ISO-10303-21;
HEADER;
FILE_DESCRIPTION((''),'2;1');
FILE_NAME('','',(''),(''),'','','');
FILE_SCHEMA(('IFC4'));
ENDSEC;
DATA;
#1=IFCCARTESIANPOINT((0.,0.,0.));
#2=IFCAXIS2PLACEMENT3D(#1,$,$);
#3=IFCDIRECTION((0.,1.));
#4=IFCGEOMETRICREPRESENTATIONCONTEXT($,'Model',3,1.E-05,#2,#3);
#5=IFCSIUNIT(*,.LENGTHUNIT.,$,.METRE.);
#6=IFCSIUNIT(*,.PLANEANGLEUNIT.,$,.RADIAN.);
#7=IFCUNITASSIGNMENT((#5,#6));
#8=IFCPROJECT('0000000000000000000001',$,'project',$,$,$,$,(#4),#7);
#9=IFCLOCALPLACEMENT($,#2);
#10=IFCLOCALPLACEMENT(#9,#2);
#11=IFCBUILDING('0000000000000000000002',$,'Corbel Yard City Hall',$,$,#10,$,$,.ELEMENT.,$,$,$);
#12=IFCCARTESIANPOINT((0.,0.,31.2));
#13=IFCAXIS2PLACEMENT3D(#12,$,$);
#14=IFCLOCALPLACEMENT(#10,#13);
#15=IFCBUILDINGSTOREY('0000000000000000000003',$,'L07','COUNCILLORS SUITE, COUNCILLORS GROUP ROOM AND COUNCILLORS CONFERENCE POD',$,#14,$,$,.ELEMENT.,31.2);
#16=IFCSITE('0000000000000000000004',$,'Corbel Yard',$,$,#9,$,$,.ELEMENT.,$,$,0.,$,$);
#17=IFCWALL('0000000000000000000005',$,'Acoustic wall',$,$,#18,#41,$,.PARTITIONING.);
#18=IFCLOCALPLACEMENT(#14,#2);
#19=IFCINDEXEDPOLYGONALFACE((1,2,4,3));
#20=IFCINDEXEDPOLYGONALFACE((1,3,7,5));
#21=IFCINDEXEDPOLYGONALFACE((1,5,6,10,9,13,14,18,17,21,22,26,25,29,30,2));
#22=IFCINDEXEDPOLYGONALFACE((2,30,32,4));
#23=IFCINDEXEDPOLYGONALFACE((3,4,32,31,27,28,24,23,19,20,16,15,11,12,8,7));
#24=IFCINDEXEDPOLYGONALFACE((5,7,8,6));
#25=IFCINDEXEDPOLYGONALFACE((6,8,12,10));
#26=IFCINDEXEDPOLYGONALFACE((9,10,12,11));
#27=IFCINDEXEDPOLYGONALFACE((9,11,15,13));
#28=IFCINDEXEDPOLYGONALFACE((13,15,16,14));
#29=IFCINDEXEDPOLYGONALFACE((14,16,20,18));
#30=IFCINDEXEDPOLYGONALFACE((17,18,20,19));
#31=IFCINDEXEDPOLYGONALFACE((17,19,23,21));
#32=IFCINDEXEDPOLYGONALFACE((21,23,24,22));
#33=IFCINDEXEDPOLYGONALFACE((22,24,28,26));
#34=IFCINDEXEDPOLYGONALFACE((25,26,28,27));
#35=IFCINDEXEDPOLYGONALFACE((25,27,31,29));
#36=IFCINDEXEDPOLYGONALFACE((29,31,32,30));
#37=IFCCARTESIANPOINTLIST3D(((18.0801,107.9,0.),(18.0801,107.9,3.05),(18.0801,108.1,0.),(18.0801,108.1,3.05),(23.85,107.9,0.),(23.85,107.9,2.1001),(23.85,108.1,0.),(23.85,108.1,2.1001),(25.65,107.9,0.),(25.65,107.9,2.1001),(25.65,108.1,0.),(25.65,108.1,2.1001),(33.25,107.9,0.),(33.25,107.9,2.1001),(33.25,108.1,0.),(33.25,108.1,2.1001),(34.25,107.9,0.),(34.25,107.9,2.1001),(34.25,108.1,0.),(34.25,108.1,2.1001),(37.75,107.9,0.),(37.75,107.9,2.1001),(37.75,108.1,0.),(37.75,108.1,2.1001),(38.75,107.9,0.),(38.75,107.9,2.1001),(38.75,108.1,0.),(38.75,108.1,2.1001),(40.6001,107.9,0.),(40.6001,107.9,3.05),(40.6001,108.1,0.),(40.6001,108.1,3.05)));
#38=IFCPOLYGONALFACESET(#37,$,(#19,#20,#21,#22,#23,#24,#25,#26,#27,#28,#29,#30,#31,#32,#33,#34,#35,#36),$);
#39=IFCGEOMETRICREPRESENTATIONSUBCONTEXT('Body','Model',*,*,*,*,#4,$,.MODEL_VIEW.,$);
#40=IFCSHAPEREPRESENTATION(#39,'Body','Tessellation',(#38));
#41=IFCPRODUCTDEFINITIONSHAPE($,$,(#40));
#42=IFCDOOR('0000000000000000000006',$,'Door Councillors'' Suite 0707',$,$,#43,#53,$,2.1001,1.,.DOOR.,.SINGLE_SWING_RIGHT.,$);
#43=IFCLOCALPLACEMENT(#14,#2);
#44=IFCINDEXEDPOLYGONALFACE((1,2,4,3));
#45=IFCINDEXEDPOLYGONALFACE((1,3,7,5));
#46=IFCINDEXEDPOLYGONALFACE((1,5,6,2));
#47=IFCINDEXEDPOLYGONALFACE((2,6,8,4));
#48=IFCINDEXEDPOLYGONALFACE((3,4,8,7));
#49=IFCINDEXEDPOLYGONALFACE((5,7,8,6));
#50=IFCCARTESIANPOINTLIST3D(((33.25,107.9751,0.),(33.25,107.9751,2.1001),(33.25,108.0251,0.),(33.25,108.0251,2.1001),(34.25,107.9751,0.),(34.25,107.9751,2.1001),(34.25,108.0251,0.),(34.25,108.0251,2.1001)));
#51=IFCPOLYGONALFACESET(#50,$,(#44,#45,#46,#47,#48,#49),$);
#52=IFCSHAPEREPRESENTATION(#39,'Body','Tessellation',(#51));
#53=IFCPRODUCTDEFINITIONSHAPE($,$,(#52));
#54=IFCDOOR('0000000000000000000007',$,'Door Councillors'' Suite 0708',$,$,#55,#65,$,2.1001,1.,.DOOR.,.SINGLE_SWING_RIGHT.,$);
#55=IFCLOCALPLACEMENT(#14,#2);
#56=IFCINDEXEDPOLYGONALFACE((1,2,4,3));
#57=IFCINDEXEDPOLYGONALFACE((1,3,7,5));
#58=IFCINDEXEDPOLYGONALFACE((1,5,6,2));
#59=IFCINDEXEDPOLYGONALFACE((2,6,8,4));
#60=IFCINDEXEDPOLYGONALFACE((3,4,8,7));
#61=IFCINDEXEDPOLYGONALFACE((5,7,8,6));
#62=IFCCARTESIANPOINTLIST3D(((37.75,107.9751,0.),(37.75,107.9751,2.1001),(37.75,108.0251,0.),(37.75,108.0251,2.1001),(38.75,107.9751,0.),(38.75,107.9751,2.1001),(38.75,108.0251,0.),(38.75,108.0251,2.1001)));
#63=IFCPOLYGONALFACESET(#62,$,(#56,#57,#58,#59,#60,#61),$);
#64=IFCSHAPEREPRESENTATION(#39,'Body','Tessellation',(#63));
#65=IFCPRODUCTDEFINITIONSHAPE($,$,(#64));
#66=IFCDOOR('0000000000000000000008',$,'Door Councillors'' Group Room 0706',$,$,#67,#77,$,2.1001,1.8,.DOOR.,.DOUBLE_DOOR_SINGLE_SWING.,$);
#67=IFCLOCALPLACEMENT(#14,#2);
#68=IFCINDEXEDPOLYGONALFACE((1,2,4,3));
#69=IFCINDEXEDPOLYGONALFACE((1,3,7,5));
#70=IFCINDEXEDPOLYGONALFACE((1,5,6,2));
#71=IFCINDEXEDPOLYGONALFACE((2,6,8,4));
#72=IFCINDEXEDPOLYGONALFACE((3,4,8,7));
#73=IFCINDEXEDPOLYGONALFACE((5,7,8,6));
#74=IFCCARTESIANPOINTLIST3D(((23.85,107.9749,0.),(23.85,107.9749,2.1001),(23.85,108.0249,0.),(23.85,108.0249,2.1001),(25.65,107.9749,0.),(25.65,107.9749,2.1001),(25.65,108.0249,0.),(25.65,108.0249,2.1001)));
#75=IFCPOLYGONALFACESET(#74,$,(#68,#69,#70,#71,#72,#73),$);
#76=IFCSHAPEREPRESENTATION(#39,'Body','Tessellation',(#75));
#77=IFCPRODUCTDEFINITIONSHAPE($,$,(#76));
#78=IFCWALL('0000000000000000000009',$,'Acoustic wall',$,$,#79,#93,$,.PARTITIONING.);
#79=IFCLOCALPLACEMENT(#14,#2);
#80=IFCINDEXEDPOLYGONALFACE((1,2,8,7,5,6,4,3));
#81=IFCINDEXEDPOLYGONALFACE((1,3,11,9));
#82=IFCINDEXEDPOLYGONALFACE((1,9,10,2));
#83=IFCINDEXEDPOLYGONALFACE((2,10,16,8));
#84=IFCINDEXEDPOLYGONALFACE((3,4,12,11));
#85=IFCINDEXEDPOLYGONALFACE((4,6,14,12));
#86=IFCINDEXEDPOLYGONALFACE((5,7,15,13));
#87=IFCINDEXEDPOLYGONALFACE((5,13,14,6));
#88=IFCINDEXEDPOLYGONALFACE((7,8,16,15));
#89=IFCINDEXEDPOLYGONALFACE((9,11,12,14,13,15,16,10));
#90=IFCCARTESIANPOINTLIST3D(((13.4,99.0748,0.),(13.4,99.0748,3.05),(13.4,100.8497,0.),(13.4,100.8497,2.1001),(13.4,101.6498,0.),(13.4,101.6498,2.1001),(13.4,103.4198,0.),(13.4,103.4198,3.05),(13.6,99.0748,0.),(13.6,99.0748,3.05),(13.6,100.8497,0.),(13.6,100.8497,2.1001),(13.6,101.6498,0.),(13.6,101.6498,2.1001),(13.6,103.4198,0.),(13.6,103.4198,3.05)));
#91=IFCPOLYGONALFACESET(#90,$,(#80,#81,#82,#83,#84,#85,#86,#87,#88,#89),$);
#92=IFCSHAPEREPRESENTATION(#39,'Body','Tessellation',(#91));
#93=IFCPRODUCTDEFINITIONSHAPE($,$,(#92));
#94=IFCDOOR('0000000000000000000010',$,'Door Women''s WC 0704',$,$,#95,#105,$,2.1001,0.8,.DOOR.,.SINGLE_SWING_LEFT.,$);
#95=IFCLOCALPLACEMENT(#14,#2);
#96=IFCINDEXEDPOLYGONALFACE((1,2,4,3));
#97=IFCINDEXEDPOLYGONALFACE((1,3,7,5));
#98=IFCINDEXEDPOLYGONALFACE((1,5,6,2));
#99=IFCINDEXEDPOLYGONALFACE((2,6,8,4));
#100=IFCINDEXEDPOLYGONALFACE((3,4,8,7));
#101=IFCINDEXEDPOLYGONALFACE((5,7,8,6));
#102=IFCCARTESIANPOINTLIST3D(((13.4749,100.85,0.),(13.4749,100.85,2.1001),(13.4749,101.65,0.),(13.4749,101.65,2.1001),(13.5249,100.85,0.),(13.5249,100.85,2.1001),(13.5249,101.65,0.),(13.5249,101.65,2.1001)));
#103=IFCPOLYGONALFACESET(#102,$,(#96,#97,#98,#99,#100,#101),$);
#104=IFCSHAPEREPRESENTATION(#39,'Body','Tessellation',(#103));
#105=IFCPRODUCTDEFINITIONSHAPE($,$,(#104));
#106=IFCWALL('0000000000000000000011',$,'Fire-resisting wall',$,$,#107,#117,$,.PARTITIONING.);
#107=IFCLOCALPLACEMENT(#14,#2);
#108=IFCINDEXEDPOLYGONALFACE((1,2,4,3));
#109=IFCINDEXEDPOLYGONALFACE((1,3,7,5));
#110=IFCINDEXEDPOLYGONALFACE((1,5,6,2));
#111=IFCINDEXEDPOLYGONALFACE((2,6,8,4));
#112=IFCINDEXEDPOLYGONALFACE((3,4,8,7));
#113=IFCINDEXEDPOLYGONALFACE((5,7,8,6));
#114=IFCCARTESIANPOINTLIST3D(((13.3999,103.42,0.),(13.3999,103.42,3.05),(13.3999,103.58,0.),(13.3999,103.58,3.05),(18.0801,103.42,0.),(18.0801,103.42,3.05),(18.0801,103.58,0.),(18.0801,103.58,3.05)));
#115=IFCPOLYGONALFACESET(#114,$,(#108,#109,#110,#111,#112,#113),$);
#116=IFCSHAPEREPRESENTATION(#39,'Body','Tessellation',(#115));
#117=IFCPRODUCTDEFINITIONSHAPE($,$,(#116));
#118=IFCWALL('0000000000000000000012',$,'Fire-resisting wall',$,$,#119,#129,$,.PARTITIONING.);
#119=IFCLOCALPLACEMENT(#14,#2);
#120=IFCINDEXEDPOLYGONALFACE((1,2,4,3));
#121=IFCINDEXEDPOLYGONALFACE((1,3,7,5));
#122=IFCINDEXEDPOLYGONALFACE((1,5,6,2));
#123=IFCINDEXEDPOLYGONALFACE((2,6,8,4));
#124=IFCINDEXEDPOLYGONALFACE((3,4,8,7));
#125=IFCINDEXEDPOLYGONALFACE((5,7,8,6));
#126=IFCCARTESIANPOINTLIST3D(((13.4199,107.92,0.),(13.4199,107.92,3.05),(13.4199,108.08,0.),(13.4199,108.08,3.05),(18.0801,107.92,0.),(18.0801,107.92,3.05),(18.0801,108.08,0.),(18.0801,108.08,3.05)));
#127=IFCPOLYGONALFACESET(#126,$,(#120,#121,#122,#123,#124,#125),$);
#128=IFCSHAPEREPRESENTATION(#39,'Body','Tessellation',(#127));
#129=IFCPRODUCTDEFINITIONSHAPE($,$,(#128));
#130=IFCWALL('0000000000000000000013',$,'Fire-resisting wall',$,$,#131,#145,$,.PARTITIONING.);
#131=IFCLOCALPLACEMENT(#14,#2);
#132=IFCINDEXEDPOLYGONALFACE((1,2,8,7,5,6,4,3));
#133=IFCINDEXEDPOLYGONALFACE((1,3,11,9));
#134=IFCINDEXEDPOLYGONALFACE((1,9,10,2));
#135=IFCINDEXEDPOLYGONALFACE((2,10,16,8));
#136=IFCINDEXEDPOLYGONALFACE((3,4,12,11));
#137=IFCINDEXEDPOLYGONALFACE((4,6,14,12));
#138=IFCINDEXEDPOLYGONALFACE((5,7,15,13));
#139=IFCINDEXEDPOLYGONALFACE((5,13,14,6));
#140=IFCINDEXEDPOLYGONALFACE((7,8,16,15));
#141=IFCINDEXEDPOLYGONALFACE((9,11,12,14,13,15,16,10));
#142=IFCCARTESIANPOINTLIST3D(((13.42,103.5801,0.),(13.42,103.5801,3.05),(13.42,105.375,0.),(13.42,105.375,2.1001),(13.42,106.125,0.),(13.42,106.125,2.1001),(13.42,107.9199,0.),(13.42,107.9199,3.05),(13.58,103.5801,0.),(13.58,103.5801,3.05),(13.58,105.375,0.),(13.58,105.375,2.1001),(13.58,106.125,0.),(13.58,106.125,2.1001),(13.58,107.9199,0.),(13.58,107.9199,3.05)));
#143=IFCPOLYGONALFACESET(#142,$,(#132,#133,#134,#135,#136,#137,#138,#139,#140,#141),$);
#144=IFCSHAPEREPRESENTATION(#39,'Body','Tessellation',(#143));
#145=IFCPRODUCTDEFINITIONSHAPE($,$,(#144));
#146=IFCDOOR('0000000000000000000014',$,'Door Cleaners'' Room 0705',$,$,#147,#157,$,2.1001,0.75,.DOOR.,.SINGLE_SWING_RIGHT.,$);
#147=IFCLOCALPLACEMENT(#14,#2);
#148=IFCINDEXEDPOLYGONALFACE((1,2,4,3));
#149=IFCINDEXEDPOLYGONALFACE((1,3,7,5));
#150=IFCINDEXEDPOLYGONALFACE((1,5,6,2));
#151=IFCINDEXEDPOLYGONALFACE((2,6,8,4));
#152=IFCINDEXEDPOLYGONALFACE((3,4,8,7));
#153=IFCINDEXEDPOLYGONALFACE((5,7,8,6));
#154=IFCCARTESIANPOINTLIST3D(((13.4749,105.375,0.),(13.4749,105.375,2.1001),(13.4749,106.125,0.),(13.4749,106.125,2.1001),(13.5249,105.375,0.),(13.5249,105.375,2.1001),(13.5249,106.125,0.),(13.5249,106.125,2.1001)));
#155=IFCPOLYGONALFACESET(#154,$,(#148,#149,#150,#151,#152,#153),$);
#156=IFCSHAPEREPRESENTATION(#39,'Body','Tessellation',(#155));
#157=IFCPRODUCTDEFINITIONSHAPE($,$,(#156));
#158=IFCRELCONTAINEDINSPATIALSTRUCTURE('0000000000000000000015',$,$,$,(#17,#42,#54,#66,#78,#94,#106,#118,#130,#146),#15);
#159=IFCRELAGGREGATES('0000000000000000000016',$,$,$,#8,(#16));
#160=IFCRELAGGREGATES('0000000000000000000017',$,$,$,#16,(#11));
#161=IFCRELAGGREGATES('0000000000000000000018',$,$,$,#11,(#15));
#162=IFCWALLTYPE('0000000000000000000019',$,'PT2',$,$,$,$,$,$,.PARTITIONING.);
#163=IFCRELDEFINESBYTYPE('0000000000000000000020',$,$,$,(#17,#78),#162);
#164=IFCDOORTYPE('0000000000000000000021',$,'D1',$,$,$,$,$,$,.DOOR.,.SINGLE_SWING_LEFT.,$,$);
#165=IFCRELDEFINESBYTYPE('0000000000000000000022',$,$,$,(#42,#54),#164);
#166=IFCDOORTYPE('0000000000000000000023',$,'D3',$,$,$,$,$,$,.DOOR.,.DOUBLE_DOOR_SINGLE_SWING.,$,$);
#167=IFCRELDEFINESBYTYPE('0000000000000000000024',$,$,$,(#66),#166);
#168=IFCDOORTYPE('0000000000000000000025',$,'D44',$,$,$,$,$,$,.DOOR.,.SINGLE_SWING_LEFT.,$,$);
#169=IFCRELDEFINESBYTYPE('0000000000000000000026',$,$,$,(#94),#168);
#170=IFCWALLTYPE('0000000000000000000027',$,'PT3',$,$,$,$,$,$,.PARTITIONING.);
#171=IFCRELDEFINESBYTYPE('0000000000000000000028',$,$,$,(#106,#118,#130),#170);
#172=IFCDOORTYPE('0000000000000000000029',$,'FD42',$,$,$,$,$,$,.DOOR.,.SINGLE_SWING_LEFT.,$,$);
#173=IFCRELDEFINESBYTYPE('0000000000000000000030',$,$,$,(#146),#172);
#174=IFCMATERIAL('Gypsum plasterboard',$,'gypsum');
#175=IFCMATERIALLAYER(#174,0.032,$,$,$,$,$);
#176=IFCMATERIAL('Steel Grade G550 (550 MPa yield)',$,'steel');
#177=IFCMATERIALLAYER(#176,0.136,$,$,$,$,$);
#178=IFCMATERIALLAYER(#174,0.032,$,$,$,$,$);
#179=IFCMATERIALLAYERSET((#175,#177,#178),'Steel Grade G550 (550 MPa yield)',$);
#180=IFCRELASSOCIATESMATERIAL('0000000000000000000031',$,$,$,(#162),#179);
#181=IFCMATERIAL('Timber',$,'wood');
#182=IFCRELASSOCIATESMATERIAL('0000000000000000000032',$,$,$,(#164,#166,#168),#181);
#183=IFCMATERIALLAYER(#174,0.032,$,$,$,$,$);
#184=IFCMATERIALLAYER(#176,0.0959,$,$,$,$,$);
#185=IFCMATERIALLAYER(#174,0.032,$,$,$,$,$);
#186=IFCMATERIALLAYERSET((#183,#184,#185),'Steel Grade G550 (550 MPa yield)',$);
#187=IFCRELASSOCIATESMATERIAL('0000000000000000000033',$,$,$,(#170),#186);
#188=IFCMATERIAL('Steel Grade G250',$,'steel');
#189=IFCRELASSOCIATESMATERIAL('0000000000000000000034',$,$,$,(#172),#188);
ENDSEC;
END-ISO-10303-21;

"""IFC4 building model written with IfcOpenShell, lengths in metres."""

from ifc_helpers import new_model, si_unit, direction, frame, frame_2d, origin, place, context, subcontext, project, spatial, rectangle, extrude, material, layer, layer_set, type_object, element, fill, save


model = new_model("IFC4")

# Units and contexts
model_context = context("Model", 3, precision=1e-05, world=origin(), true_north=direction((0.0, 1.0)))
body_context = subcontext(model_context, "Body", "Model", "MODEL_VIEW")
ifc_project = project(units=[si_unit("LENGTHUNIT", "METRE"), si_unit("PLANEANGLEUNIT", "RADIAN")], contexts=[model_context])

# Site, building, storey
site_placement = place(None, origin())
site = spatial("IfcSite", under=ifc_project, at=site_placement, Name="Corbel Yard", CompositionType="ELEMENT", RefElevation=0.0)
building_placement = place(site_placement, origin())
building = spatial("IfcBuilding", under=site, at=building_placement, Name="Corbel Yard City Hall", CompositionType="ELEMENT")
storey_placement = place(building_placement, frame((0.0, 0.0, 31.2)))
storey = spatial("IfcBuildingStorey", under=building, at=storey_placement, Name="L07", Description="COUNCILLORS SUITE, COUNCILLORS GROUP ROOM AND COUNCILLORS CONFERENCE POD", CompositionType="ELEMENT", Elevation=31.2)

# Shared definitions
ifc_material_1 = material(Name="Gypsum plasterboard", Category="gypsum")
ifc_material_2 = material(Name="Steel Grade G550 (550 MPa yield)", Category="steel")

# Wall, openings, doors
ifc_layer_1 = layer(ifc_material_1, 0.032)
ifc_layer_2 = layer(ifc_material_2, 0.136)
ifc_layer_3 = layer(ifc_material_1, 0.032)
ifc_layer_set_1 = layer_set([ifc_layer_1, ifc_layer_2, ifc_layer_3], Name="Steel Grade G550 (550 MPa yield)")
wall_type_1 = type_object("IfcWallType", Name="PT2", PredefinedType="PARTITIONING", material=ifc_layer_set_1)
wall_1_placement = place(storey_placement, frame((18.0801, 108.0, 0.0), z_axis=(0.0, 0.0, 1.0), x_axis=(1.0, 0.0, 0.0)))
wall_1 = element("IfcWall", 1, at=wall_1_placement, inside=storey, type_object=wall_type_1, Name="Acoustic wall", PredefinedType="PARTITIONING", context=body_context, shape_type="SweptSolid", body=[
    extrude(rectangle(XDim=22.52, YDim=0.2, at=frame_2d((11.26, 0.0))), origin(), (0.0, 0.0, 1.0), 3.05),
])
opening_1_placement = place(wall_1_placement, frame((5.77, 0.0, 0.0)))
opening_1 = element("IfcOpeningElement", 2, at=opening_1_placement, cuts=wall_1, PredefinedType="OPENING", context=body_context, shape_type="SweptSolid", body=[
    extrude(rectangle(XDim=1.8, YDim=2.1001, at=frame_2d((0.8999, 1.05))), frame((0.0, 0.1099, 0.0), z_axis=(0.0, -1.0, 0.0), x_axis=(1.0, 0.0, 0.0)), (0.0, 0.0, 1.0), 0.22),
])
opening_2_placement = place(wall_1_placement, frame((15.1699, 0.0, 0.0)))
opening_2 = element("IfcOpeningElement", 3, at=opening_2_placement, cuts=wall_1, PredefinedType="OPENING", context=body_context, shape_type="SweptSolid", body=[
    extrude(rectangle(XDim=1.0, YDim=2.1001, at=frame_2d((0.5, 1.05))), frame((0.0, 0.1099, 0.0), z_axis=(0.0, -1.0, 0.0), x_axis=(1.0, 0.0, 0.0)), (0.0, 0.0, 1.0), 0.22),
])
opening_3_placement = place(wall_1_placement, frame((19.6699, 0.0, 0.0)))
opening_3 = element("IfcOpeningElement", 4, at=opening_3_placement, cuts=wall_1, PredefinedType="OPENING", context=body_context, shape_type="SweptSolid", body=[
    extrude(rectangle(XDim=1.0, YDim=2.1001, at=frame_2d((0.5, 1.05))), frame((0.0, 0.1099, 0.0), z_axis=(0.0, -1.0, 0.0), x_axis=(1.0, 0.0, 0.0)), (0.0, 0.0, 1.0), 0.22),
])
ifc_material_3 = material(Name="Timber", Category="wood")
door_type_1 = type_object("IfcDoorType", Name="D1", OperationType="SINGLE_SWING_LEFT", PredefinedType="DOOR", material=ifc_material_3)
door_1_placement = place(opening_2_placement, frame((1.0, 0.0, 0.0), z_axis=(0.0, 0.0, 1.0), x_axis=(-1.0, 0.0, 0.0)))
door_1 = element("IfcDoor", 5, at=door_1_placement, inside=storey, type_object=door_type_1, Name="Door Councillors' Suite 0707", OperationType="SINGLE_SWING_RIGHT", OverallHeight=2.1001, OverallWidth=1.0, PredefinedType="DOOR", context=body_context, shape_type="SweptSolid", body=[
    extrude(rectangle(XDim=1.0, YDim=2.1001, at=frame_2d((0.5, 1.05))), frame((0.0, 0.0249, 0.0), z_axis=(0.0, -1.0, 0.0), x_axis=(1.0, 0.0, 0.0)), (0.0, 0.0, 1.0), 0.05),
])
fill(opening_2, door_1)
door_2_placement = place(opening_3_placement, frame((1.0, 0.0, 0.0), z_axis=(0.0, 0.0, 1.0), x_axis=(-1.0, 0.0, 0.0)))
door_2 = element("IfcDoor", 6, at=door_2_placement, inside=storey, type_object=door_type_1, Name="Door Councillors' Suite 0708", OperationType="SINGLE_SWING_RIGHT", OverallHeight=2.1001, OverallWidth=1.0, PredefinedType="DOOR", context=body_context, shape_type="SweptSolid", body=[
    extrude(rectangle(XDim=1.0, YDim=2.1001, at=frame_2d((0.5, 1.05))), frame((0.0, 0.0249, 0.0), z_axis=(0.0, -1.0, 0.0), x_axis=(1.0, 0.0, 0.0)), (0.0, 0.0, 1.0), 0.05),
])
fill(opening_3, door_2)
door_type_2 = type_object("IfcDoorType", Name="D3", OperationType="DOUBLE_DOOR_SINGLE_SWING", PredefinedType="DOOR", material=ifc_material_3)
door_3_placement = place(opening_1_placement, origin())
door_3 = element("IfcDoor", 7, at=door_3_placement, inside=storey, type_object=door_type_2, Name="Door Councillors' Group Room 0706", OperationType="DOUBLE_DOOR_SINGLE_SWING", OverallHeight=2.1001, OverallWidth=1.8, PredefinedType="DOOR", context=body_context, shape_type="SweptSolid", body=[
    extrude(rectangle(XDim=1.8, YDim=2.1001, at=frame_2d((0.8999, 1.05))), frame((0.0, 0.0249, 0.0), z_axis=(0.0, -1.0, 0.0), x_axis=(1.0, 0.0, 0.0)), (0.0, 0.0, 1.0), 0.05),
])
fill(opening_1, door_3)

# Wall, opening, door
wall_2_placement = place(storey_placement, frame((13.5, 99.075, 0.0), z_axis=(0.0, 0.0, 1.0), x_axis=(0.0, 1.0, 0.0)))
wall_2 = element("IfcWall", 8, at=wall_2_placement, inside=storey, type_object=wall_type_1, Name="Acoustic wall", PredefinedType="PARTITIONING", context=body_context, shape_type="SweptSolid", body=[
    extrude(rectangle(XDim=4.345, YDim=0.2, at=frame_2d((2.1724, 0.0))), origin(), (0.0, 0.0, 1.0), 3.05),
])
opening_4_placement = place(wall_2_placement, frame((1.7749, 0.0, 0.0)))
opening_4 = element("IfcOpeningElement", 9, at=opening_4_placement, cuts=wall_2, PredefinedType="OPENING", context=body_context, shape_type="SweptSolid", body=[
    extrude(rectangle(XDim=0.8, YDim=2.1001, at=frame_2d((0.3999, 1.05))), frame((0.0, 0.1099, 0.0), z_axis=(0.0, -1.0, 0.0), x_axis=(1.0, 0.0, 0.0)), (0.0, 0.0, 1.0), 0.22),
])
door_type_3 = type_object("IfcDoorType", Name="D44", OperationType="SINGLE_SWING_LEFT", PredefinedType="DOOR", material=ifc_material_3)
door_4_placement = place(opening_4_placement, frame((0.8, 0.0, 0.0), z_axis=(0.0, 0.0, 1.0), x_axis=(-1.0, 0.0, 0.0)))
door_4 = element("IfcDoor", 10, at=door_4_placement, inside=storey, type_object=door_type_3, Name="Door Women's WC 0704", OperationType="SINGLE_SWING_LEFT", OverallHeight=2.1001, OverallWidth=0.8, PredefinedType="DOOR", context=body_context, shape_type="SweptSolid", body=[
    extrude(rectangle(XDim=0.8, YDim=2.1001, at=frame_2d((0.3999, 1.05))), frame((0.0, 0.0249, 0.0), z_axis=(0.0, -1.0, 0.0), x_axis=(1.0, 0.0, 0.0)), (0.0, 0.0, 1.0), 0.05),
])
fill(opening_4, door_4)

# Walls
ifc_layer_4 = layer(ifc_material_1, 0.032)
ifc_layer_5 = layer(ifc_material_2, 0.0959)
ifc_layer_6 = layer(ifc_material_1, 0.032)
ifc_layer_set_2 = layer_set([ifc_layer_4, ifc_layer_5, ifc_layer_6], Name="Steel Grade G550 (550 MPa yield)")
wall_type_2 = type_object("IfcWallType", Name="PT3", PredefinedType="PARTITIONING", material=ifc_layer_set_2)
wall_3_placement = place(storey_placement, frame((13.3999, 103.5, 0.0), z_axis=(0.0, 0.0, 1.0), x_axis=(1.0, 0.0, 0.0)))
element("IfcWall", 11, at=wall_3_placement, inside=storey, type_object=wall_type_2, Name="Fire-resisting wall", PredefinedType="PARTITIONING", context=body_context, shape_type="SweptSolid", body=[
    extrude(rectangle(XDim=4.6802, YDim=0.1599, at=frame_2d((2.3401, 0.0))), origin(), (0.0, 0.0, 1.0), 3.05),
])
wall_4_placement = place(storey_placement, frame((13.4199, 108.0, 0.0), z_axis=(0.0, 0.0, 1.0), x_axis=(1.0, 0.0, 0.0)))
element("IfcWall", 12, at=wall_4_placement, inside=storey, type_object=wall_type_2, Name="Fire-resisting wall", PredefinedType="PARTITIONING", context=body_context, shape_type="SweptSolid", body=[
    extrude(rectangle(XDim=4.6602, YDim=0.1599, at=frame_2d((2.3301, 0.0))), origin(), (0.0, 0.0, 1.0), 3.05),
])

# Wall, opening, door
wall_5_placement = place(storey_placement, frame((13.5, 103.5801, 0.0), z_axis=(0.0, 0.0, 1.0), x_axis=(0.0, 1.0, 0.0)))
wall_5 = element("IfcWall", 13, at=wall_5_placement, inside=storey, type_object=wall_type_2, Name="Fire-resisting wall", PredefinedType="PARTITIONING", context=body_context, shape_type="SweptSolid", body=[
    extrude(rectangle(XDim=4.3398, YDim=0.1599, at=frame_2d((2.1699, 0.0))), origin(), (0.0, 0.0, 1.0), 3.05),
])
opening_5_placement = place(wall_5_placement, frame((1.7949, 0.0, 0.0)))
opening_5 = element("IfcOpeningElement", 14, at=opening_5_placement, cuts=wall_5, PredefinedType="OPENING", context=body_context, shape_type="SweptSolid", body=[
    extrude(rectangle(XDim=0.75, YDim=2.1001, at=frame_2d((0.375, 1.05))), frame((0.0, 0.0898, 0.0), z_axis=(0.0, -1.0, 0.0), x_axis=(1.0, 0.0, 0.0)), (0.0, 0.0, 1.0), 0.1799),
])
ifc_material_4 = material(Name="Steel Grade G250", Category="steel")
door_type_4 = type_object("IfcDoorType", Name="FD42", OperationType="SINGLE_SWING_LEFT", PredefinedType="DOOR", material=ifc_material_4)
door_5_placement = place(opening_5_placement, frame((0.75, 0.0, 0.0), z_axis=(0.0, 0.0, 1.0), x_axis=(-1.0, 0.0, 0.0)))
door_5 = element("IfcDoor", 15, at=door_5_placement, inside=storey, type_object=door_type_4, Name="Door Cleaners' Room 0705", OperationType="SINGLE_SWING_RIGHT", OverallHeight=2.1001, OverallWidth=0.75, PredefinedType="DOOR", context=body_context, shape_type="SweptSolid", body=[
    extrude(rectangle(XDim=0.75, YDim=2.1001, at=frame_2d((0.375, 1.05))), frame((0.0, 0.0249, 0.0), z_axis=(0.0, -1.0, 0.0), x_axis=(1.0, 0.0, 0.0)), (0.0, 0.0, 1.0), 0.05),
])
fill(opening_5, door_5)

save(model, "model.ifc")
